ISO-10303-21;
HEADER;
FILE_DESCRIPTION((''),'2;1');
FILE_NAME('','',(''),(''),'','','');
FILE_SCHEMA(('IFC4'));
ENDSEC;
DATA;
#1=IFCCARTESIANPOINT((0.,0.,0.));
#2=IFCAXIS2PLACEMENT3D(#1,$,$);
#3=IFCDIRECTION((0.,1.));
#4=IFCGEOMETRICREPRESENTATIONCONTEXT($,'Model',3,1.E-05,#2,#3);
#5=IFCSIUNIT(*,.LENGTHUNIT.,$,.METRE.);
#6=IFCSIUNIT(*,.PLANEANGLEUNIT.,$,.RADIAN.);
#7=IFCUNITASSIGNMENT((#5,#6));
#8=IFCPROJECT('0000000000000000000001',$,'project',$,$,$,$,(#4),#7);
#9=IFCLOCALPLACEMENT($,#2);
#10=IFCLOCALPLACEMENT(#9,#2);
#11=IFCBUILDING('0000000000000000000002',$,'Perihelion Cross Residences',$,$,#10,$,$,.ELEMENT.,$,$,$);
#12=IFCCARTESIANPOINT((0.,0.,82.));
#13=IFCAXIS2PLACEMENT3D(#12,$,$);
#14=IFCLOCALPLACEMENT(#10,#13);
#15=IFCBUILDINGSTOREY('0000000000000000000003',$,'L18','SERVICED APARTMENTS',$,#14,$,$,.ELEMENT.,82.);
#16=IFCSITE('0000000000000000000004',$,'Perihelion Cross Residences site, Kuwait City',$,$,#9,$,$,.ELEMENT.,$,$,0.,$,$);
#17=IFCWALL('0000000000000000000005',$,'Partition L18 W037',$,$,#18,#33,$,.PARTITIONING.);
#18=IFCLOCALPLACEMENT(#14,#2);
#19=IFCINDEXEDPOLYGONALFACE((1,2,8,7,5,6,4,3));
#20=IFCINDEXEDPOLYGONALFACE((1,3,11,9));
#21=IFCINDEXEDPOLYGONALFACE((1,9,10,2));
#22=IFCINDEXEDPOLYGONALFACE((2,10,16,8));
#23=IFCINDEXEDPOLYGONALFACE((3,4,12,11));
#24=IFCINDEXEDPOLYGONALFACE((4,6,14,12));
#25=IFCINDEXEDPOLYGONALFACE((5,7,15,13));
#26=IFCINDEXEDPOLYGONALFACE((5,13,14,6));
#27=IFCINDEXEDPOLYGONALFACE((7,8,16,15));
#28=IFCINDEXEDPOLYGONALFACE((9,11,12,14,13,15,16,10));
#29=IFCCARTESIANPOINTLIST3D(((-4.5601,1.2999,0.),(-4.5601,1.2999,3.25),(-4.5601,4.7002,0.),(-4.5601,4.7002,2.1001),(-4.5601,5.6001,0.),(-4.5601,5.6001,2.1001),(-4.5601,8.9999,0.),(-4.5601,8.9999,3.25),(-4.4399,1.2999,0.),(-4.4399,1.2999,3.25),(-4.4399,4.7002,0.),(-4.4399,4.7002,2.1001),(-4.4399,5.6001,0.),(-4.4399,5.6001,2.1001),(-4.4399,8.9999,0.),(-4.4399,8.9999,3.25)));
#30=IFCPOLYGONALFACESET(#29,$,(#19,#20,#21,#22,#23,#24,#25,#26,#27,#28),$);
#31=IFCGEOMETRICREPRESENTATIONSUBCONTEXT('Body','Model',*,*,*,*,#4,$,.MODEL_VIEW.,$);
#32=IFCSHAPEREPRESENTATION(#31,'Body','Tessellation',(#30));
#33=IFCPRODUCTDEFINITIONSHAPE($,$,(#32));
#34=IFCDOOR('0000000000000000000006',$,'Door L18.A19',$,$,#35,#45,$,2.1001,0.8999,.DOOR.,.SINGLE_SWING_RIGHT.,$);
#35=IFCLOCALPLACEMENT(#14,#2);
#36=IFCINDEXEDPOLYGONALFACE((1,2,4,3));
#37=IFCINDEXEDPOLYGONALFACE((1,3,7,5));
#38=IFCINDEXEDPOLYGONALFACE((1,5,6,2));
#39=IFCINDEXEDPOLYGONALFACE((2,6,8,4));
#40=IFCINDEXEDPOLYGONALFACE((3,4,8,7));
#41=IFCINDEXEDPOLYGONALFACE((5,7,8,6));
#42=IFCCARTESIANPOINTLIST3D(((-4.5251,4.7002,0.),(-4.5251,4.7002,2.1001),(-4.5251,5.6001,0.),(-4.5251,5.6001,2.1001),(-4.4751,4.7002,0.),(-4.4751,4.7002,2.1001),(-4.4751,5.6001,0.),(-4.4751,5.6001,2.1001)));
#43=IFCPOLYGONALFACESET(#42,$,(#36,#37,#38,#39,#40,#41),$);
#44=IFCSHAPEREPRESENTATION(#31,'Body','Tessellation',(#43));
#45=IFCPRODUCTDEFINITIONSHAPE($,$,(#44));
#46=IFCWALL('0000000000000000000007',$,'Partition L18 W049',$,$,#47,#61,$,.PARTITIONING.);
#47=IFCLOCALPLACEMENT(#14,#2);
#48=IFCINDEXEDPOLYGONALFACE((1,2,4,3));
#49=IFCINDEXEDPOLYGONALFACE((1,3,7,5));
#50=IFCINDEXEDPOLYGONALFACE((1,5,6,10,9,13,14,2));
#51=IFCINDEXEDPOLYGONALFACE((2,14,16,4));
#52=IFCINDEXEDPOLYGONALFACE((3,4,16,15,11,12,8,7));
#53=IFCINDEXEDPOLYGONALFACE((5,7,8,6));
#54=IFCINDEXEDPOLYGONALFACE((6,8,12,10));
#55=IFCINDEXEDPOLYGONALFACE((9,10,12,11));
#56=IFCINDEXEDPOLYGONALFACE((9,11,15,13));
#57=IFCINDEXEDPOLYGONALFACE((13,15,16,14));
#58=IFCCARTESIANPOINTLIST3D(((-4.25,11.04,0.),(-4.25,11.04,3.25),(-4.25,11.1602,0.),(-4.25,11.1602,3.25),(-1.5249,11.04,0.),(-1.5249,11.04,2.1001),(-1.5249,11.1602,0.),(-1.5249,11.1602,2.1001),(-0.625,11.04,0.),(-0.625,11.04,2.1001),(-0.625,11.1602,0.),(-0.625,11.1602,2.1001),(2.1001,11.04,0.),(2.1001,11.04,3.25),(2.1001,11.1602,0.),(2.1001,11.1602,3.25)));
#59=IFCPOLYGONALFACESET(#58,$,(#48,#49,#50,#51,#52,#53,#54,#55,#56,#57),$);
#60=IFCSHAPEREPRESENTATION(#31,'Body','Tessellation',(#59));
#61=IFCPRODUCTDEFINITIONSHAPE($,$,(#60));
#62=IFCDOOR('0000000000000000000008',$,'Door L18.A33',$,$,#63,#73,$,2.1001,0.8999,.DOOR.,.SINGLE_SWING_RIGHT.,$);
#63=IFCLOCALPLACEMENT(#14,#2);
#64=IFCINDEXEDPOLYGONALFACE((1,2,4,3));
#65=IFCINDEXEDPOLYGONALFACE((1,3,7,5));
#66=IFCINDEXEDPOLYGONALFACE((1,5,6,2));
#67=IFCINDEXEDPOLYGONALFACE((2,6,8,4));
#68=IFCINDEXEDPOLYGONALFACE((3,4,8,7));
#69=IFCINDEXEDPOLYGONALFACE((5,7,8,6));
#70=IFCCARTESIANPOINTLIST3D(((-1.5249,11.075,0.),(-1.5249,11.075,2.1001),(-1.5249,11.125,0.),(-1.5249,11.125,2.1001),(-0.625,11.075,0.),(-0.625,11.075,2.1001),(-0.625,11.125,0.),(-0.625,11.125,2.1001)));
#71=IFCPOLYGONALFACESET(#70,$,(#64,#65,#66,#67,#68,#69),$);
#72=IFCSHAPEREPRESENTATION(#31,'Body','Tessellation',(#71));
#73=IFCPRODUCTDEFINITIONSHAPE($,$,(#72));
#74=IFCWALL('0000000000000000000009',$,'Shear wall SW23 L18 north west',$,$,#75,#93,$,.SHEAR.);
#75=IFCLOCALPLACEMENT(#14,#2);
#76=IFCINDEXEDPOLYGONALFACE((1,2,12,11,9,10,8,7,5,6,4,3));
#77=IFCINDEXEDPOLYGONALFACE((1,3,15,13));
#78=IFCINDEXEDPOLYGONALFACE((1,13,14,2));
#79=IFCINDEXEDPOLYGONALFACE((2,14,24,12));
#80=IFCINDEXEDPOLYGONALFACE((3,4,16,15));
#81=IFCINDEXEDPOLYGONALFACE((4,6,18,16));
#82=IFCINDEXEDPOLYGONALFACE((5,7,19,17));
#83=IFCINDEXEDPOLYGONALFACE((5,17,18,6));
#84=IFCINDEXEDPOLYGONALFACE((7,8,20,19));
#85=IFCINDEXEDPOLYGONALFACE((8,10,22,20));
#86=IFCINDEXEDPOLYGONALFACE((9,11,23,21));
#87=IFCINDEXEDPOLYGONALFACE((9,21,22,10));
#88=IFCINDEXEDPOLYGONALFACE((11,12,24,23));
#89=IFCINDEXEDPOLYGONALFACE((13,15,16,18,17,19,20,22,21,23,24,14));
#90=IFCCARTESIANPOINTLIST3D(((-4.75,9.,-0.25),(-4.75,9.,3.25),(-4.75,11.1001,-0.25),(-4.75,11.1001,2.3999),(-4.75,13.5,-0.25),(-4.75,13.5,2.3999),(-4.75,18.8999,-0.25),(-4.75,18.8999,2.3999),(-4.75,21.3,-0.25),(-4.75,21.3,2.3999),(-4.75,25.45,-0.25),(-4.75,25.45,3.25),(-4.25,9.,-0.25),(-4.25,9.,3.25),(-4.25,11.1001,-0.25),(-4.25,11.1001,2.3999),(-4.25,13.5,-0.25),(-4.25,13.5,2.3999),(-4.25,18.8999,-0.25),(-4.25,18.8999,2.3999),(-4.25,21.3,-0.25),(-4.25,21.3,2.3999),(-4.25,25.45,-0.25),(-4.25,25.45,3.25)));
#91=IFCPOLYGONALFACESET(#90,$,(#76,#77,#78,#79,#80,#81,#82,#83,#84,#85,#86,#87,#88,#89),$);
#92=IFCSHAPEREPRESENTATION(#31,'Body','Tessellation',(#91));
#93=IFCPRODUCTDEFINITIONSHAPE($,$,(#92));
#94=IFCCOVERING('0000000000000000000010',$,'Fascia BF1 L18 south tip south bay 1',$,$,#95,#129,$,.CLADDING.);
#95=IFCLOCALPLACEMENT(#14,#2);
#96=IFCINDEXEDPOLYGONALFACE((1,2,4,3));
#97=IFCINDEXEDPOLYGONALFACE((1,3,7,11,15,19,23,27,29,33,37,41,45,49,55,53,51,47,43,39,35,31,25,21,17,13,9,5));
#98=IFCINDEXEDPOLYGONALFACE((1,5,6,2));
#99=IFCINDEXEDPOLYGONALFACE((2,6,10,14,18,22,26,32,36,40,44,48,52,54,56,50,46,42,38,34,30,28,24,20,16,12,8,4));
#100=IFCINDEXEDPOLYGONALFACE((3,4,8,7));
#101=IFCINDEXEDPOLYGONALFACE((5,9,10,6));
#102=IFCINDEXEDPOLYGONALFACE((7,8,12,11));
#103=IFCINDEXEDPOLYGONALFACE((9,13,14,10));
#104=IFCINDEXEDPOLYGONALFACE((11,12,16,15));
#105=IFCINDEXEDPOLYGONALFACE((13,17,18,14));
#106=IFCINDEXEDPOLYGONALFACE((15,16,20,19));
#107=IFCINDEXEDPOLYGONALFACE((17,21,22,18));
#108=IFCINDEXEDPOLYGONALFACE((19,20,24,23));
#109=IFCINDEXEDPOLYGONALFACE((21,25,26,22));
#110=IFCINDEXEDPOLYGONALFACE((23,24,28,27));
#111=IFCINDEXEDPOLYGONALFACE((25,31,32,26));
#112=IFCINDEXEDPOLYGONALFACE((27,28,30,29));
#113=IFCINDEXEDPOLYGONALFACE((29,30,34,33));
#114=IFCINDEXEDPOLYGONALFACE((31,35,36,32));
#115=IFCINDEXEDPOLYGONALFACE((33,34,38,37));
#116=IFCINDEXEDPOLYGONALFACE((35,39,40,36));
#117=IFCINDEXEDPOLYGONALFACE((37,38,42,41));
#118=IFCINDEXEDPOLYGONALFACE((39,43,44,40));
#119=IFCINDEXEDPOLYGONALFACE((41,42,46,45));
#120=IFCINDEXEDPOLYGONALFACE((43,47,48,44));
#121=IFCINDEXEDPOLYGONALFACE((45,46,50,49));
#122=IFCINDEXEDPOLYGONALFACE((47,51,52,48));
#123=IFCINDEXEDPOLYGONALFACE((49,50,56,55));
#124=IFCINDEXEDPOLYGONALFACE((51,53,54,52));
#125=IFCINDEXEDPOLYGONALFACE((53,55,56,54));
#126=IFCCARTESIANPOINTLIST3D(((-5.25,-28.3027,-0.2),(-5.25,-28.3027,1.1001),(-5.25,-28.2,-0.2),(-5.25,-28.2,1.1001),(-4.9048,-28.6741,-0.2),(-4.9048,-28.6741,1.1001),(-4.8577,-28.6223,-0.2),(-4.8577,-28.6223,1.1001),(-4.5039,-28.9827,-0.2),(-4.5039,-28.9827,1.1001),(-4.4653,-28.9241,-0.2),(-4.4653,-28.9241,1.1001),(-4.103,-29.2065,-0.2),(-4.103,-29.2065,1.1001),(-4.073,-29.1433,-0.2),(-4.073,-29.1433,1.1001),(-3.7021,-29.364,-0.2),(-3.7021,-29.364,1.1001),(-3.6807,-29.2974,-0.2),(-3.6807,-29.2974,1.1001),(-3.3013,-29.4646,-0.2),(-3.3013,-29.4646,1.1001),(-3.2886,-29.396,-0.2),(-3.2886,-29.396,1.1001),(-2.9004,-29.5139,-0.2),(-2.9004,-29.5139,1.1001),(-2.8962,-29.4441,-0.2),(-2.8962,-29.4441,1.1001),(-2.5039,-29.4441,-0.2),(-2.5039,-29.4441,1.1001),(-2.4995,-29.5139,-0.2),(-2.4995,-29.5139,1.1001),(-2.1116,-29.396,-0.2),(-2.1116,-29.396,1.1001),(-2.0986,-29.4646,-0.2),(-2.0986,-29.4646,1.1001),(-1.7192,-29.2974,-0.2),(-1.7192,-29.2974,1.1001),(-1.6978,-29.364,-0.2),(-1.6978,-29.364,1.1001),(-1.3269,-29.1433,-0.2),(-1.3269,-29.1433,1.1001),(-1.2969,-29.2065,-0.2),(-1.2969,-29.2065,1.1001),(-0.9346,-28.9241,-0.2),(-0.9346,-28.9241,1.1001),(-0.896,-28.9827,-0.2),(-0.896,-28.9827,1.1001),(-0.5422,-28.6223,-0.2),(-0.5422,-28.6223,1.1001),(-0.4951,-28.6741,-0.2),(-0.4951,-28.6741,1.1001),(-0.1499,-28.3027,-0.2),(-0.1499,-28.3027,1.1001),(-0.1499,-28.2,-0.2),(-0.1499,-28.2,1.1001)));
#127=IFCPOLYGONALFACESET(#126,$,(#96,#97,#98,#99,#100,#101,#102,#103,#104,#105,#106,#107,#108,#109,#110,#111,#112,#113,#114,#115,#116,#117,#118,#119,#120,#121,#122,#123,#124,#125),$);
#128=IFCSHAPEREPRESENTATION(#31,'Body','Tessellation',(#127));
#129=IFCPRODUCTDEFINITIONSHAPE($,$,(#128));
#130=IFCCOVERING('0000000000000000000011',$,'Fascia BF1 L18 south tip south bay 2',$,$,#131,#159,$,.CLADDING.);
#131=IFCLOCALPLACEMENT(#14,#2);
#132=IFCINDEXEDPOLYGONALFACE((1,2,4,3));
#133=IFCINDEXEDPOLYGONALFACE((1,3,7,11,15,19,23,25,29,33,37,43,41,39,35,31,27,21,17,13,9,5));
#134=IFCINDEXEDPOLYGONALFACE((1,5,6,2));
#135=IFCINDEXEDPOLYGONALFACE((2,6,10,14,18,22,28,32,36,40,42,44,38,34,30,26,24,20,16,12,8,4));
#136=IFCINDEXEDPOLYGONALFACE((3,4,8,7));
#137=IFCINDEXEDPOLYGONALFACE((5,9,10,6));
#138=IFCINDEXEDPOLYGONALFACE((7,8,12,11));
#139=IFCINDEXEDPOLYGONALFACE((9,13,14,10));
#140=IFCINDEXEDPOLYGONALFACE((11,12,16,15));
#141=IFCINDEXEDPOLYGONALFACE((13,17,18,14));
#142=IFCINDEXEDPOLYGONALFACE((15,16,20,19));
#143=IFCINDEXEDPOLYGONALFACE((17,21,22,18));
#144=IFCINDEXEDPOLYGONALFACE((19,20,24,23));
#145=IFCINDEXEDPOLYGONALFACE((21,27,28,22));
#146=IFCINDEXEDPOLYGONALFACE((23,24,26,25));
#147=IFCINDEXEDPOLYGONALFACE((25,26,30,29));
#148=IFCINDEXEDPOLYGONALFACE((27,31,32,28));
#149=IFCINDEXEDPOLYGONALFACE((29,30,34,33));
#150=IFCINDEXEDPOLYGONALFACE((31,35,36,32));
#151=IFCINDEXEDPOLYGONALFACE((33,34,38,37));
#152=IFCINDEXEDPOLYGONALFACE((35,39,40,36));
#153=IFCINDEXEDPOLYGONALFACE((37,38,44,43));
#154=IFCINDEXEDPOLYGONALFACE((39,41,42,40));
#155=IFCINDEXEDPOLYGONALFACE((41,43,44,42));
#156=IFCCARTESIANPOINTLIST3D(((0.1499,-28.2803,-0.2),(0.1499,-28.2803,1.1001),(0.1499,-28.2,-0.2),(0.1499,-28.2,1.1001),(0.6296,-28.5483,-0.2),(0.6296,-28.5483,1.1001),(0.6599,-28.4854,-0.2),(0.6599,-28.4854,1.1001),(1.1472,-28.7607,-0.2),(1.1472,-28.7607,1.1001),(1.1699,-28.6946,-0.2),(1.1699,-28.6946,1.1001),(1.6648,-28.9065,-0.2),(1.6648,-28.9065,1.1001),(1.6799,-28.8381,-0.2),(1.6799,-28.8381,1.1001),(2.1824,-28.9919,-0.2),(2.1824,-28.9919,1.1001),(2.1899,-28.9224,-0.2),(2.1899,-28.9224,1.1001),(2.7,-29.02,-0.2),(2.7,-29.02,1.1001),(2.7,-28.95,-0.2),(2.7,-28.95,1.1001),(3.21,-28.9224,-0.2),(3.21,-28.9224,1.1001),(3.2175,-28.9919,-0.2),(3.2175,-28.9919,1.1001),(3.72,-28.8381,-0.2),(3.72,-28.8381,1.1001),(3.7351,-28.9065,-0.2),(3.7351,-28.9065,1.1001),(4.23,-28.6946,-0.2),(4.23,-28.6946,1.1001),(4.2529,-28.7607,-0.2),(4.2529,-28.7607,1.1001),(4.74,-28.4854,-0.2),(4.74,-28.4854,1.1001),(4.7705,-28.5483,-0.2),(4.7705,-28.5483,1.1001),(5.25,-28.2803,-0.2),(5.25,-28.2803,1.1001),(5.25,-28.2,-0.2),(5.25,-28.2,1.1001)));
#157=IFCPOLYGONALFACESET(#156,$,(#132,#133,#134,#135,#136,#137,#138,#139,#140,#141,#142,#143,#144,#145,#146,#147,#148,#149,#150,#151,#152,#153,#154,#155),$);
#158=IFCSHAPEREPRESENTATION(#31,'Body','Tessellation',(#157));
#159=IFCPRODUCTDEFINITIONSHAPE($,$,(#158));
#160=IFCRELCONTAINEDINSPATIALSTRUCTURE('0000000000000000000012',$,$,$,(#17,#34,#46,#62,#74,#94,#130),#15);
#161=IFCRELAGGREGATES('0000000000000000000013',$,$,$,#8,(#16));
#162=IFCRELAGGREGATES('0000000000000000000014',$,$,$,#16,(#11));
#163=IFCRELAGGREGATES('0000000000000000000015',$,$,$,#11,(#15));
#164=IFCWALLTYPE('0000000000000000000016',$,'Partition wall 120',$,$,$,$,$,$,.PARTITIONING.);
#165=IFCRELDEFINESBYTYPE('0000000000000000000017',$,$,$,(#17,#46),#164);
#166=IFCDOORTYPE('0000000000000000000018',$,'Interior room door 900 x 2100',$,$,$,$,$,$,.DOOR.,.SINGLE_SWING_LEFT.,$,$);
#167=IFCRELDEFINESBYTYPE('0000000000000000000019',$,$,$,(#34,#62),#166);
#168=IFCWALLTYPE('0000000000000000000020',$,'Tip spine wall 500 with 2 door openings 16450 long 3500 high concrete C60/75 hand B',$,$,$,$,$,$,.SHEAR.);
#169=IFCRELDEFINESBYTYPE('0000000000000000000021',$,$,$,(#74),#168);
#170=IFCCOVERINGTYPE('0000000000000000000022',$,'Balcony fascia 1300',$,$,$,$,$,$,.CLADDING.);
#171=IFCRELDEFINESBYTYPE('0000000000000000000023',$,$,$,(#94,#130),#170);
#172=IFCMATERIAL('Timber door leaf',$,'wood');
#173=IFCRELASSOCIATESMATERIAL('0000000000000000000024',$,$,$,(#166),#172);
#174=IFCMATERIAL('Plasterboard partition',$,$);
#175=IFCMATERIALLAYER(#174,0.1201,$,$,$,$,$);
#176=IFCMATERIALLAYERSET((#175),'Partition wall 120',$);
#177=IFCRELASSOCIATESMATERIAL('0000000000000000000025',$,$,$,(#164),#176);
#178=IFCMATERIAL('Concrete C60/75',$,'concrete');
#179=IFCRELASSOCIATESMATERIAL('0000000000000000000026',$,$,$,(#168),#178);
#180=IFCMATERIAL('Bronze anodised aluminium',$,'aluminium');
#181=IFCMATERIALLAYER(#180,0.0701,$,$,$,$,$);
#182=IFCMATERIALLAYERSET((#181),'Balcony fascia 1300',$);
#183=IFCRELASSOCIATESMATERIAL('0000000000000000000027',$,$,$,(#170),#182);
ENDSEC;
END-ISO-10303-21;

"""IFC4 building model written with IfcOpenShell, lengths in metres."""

from ifc_helpers import new_model, si_unit, direction, frame, frame_2d, origin, place, context, subcontext, project, spatial, polyline, rectangle, outline, extrude, material, layer, layer_set, material_profile, profile_set, type_object, element, fill, save


model = new_model("IFC4")

# Units and contexts
model_context = context("Model", 3, precision=1e-05, world=origin(), true_north=direction((0.0, 1.0)))
body_context = subcontext(model_context, "Body", "Model", "MODEL_VIEW")
ifc_project = project(units=[si_unit("LENGTHUNIT", "METRE"), si_unit("PLANEANGLEUNIT", "RADIAN")], contexts=[model_context])

# Site, building, storey
site_placement = place(None, origin())
site = spatial("IfcSite", under=ifc_project, at=site_placement, Name="Perihelion Cross Residences site, Kuwait City", CompositionType="ELEMENT", RefElevation=0.0)
building_placement = place(site_placement, origin())
building = spatial("IfcBuilding", under=site, at=building_placement, Name="Perihelion Cross Residences", CompositionType="ELEMENT")
storey_placement = place(building_placement, frame((0.0, 0.0, 82.0)))
storey = spatial("IfcBuildingStorey", under=building, at=storey_placement, Name="L18", Description="SERVICED APARTMENTS", CompositionType="ELEMENT", Elevation=82.0)

# Walls, openings, doors
ifc_material_1 = material(Name="Timber door leaf", Category="wood")
door_type = type_object("IfcDoorType", Name="Interior room door 900 x 2100", OperationType="SINGLE_SWING_LEFT", PredefinedType="DOOR", material=ifc_material_1)
ifc_material_2 = material(Name="Plasterboard partition")
ifc_layer_1 = layer(ifc_material_2, 0.1201)
ifc_layer_set_1 = layer_set([ifc_layer_1], Name="Partition wall 120")
wall_type_1 = type_object("IfcWallType", Name="Partition wall 120", PredefinedType="PARTITIONING", material=ifc_layer_set_1)
wall_1_placement = place(storey_placement, frame((-4.5, 9.0, 0.0), z_axis=(0.0, 0.0, 1.0), x_axis=(0.0, -1.0, 0.0)))
wall_1 = element("IfcWall", 1, at=wall_1_placement, inside=storey, type_object=wall_type_1, Name="Partition L18 W037", PredefinedType="PARTITIONING", context=body_context, shape_type="SweptSolid", body=[
    extrude(rectangle(XDim=7.7, YDim=0.1201, at=frame_2d((3.8501, 0.0))), origin(), (0.0, 0.0, 1.0), 3.25),
])
opening_1_placement = place(wall_1_placement, frame((3.3999, 0.0, 0.0)))
opening_1 = element("IfcOpeningElement", 2, at=opening_1_placement, cuts=wall_1, PredefinedType="OPENING", context=body_context, shape_type="SweptSolid", body=[
    extrude(rectangle(XDim=0.8999, YDim=2.1001, at=frame_2d((0.45, 1.05))), frame((0.0, 0.0701, 0.0), z_axis=(0.0, -1.0, 0.0), x_axis=(1.0, 0.0, 0.0)), (0.0, 0.0, 1.0), 0.1401),
])
door_1_placement = place(opening_1_placement, origin())
door_1 = element("IfcDoor", 3, at=door_1_placement, inside=storey, type_object=door_type, Name="Door L18.A19", OperationType="SINGLE_SWING_RIGHT", OverallHeight=2.1001, OverallWidth=0.8999, PredefinedType="DOOR", context=body_context, shape_type="SweptSolid", body=[
    extrude(rectangle(XDim=0.8999, YDim=2.1001, at=frame_2d((0.45, 1.05))), frame((0.0, 0.0249, 0.0), z_axis=(0.0, -1.0, 0.0), x_axis=(1.0, 0.0, 0.0)), (0.0, 0.0, 1.0), 0.05),
])
fill(opening_1, door_1)
wall_2_placement = place(storey_placement, frame((-4.25, 11.1001, 0.0), z_axis=(0.0, 0.0, 1.0), x_axis=(1.0, 0.0, 0.0)))
wall_2 = element("IfcWall", 4, at=wall_2_placement, inside=storey, type_object=wall_type_1, Name="Partition L18 W049", PredefinedType="PARTITIONING", context=body_context, shape_type="SweptSolid", body=[
    extrude(rectangle(XDim=6.3501, YDim=0.1201, at=frame_2d((3.175, 0.0))), origin(), (0.0, 0.0, 1.0), 3.25),
])
opening_2_placement = place(wall_2_placement, frame((2.7251, 0.0, 0.0)))
opening_2 = element("IfcOpeningElement", 5, at=opening_2_placement, cuts=wall_2, PredefinedType="OPENING", context=body_context, shape_type="SweptSolid", body=[
    extrude(rectangle(XDim=0.8999, YDim=2.1001, at=frame_2d((0.45, 1.05))), frame((0.0, 0.0701, 0.0), z_axis=(0.0, -1.0, 0.0), x_axis=(1.0, 0.0, 0.0)), (0.0, 0.0, 1.0), 0.1401),
])
door_2_placement = place(opening_2_placement, origin())
door_2 = element("IfcDoor", 6, at=door_2_placement, inside=storey, type_object=door_type, Name="Door L18.A33", OperationType="SINGLE_SWING_RIGHT", OverallHeight=2.1001, OverallWidth=0.8999, PredefinedType="DOOR", context=body_context, shape_type="SweptSolid", body=[
    extrude(rectangle(XDim=0.8999, YDim=2.1001, at=frame_2d((0.45, 1.05))), frame((0.0, 0.0249, 0.0), z_axis=(0.0, -1.0, 0.0), x_axis=(1.0, 0.0, 0.0)), (0.0, 0.0, 1.0), 0.05),
])
fill(opening_2, door_2)

# Wall
ifc_material_3 = material(Name="Concrete C60/75", Category="concrete")
ifc_material_profile_1 = material_profile(ifc_material_3, outline(polyline([(0.0, 0.0), (2.1001, 0.0), (2.1001, 2.6499), (4.5, 2.6499), (4.5, 0.0), (9.8999, 0.0), (9.8999, 2.6499), (12.3, 2.6499), (12.3, 0.0), (16.45, 0.0), (16.45, 3.5), (0.0, 3.5), (0.0, 0.0)])), Name="Tip spine wall")
ifc_profile_set_1 = profile_set([ifc_material_profile_1], Name="Concrete C60/75")
wall_type_2 = type_object("IfcWallType", Name="Tip spine wall 500 with 2 door openings 16450 long 3500 high concrete C60/75 hand B", PredefinedType="SHEAR", material=ifc_profile_set_1)
wall_3_placement = place(storey_placement, frame((-4.75, 9.0, -0.25), z_axis=(1.0, 0.0, 0.0), x_axis=(0.0, 1.0, 0.0)))
element("IfcWall", 7, at=wall_3_placement, inside=storey, type_object=wall_type_2, Name="Shear wall SW23 L18 north west", PredefinedType="SHEAR", context=body_context, shape_type="SweptSolid", body=[
    extrude(outline(polyline([(0.0, 0.0), (2.1001, 0.0), (2.1001, 2.6499), (4.5, 2.6499), (4.5, 0.0), (9.8999, 0.0), (9.8999, 2.6499), (12.3, 2.6499), (12.3, 0.0), (16.45, 0.0), (16.45, 3.5), (0.0, 3.5), (0.0, 0.0)])), origin(), (0.0, 0.0, 1.0), 0.5),
])

# Coverings
ifc_material_4 = material(Name="Bronze anodised aluminium", Category="aluminium")
ifc_layer_2 = layer(ifc_material_4, 0.0701)
ifc_layer_set_2 = layer_set([ifc_layer_2], Name="Balcony fascia 1300")
covering_type_1 = type_object("IfcCoveringType", Name="Balcony fascia 1300", PredefinedType="CLADDING", material=ifc_layer_set_2)
covering_1_placement = place(storey_placement, frame((0.0, 0.0, -0.2)))
element("IfcCovering", 8, at=covering_1_placement, inside=storey, type_object=covering_type_1, Name="Fascia BF1 L18 south tip south bay 1", PredefinedType="CLADDING", context=body_context, shape_type="SweptSolid", body=[
    extrude(outline(polyline([(-4.9048, -28.6741), (-4.5039, -28.9827), (-4.103, -29.2065), (-3.7021, -29.364), (-3.3013, -29.4646), (-2.9004, -29.5139), (-2.4995, -29.5139), (-2.0986, -29.4646), (-1.6978, -29.364), (-1.2969, -29.2065), (-0.896, -28.9827), (-0.4951, -28.6741), (-0.1499, -28.3027), (-0.1499, -28.2), (-0.5422, -28.6223), (-0.9346, -28.9241), (-1.3269, -29.1433), (-1.7192, -29.2974), (-2.1116, -29.396), (-2.5039, -29.4441), (-2.8962, -29.4441), (-3.2886, -29.396), (-3.6807, -29.2974), (-4.073, -29.1433), (-4.4653, -28.9241), (-4.8577, -28.6223), (-5.25, -28.2), (-5.25, -28.3027), (-4.9048, -28.6741)])), origin(), (0.0, 0.0, 1.0), 1.3),
])
covering_2_placement = place(storey_placement, frame((0.0, 0.0, -0.2)))
element("IfcCovering", 9, at=covering_2_placement, inside=storey, type_object=covering_type_1, Name="Fascia BF1 L18 south tip south bay 2", PredefinedType="CLADDING", context=body_context, shape_type="SweptSolid", body=[
    extrude(outline(polyline([(0.6296, -28.5483), (1.1472, -28.7607), (1.6648, -28.9065), (2.1824, -28.9919), (2.7, -29.02), (3.2175, -28.9919), (3.7351, -28.9065), (4.2529, -28.7607), (4.7705, -28.5483), (5.25, -28.2803), (5.25, -28.2), (4.74, -28.4854), (4.23, -28.6946), (3.72, -28.8381), (3.21, -28.9224), (2.7, -28.95), (2.1899, -28.9224), (1.6799, -28.8381), (1.1699, -28.6946), (0.6599, -28.4854), (0.1499, -28.2), (0.1499, -28.2803), (0.6296, -28.5483)])), origin(), (0.0, 0.0, 1.0), 1.3),
])

save(model, "model.ifc")
